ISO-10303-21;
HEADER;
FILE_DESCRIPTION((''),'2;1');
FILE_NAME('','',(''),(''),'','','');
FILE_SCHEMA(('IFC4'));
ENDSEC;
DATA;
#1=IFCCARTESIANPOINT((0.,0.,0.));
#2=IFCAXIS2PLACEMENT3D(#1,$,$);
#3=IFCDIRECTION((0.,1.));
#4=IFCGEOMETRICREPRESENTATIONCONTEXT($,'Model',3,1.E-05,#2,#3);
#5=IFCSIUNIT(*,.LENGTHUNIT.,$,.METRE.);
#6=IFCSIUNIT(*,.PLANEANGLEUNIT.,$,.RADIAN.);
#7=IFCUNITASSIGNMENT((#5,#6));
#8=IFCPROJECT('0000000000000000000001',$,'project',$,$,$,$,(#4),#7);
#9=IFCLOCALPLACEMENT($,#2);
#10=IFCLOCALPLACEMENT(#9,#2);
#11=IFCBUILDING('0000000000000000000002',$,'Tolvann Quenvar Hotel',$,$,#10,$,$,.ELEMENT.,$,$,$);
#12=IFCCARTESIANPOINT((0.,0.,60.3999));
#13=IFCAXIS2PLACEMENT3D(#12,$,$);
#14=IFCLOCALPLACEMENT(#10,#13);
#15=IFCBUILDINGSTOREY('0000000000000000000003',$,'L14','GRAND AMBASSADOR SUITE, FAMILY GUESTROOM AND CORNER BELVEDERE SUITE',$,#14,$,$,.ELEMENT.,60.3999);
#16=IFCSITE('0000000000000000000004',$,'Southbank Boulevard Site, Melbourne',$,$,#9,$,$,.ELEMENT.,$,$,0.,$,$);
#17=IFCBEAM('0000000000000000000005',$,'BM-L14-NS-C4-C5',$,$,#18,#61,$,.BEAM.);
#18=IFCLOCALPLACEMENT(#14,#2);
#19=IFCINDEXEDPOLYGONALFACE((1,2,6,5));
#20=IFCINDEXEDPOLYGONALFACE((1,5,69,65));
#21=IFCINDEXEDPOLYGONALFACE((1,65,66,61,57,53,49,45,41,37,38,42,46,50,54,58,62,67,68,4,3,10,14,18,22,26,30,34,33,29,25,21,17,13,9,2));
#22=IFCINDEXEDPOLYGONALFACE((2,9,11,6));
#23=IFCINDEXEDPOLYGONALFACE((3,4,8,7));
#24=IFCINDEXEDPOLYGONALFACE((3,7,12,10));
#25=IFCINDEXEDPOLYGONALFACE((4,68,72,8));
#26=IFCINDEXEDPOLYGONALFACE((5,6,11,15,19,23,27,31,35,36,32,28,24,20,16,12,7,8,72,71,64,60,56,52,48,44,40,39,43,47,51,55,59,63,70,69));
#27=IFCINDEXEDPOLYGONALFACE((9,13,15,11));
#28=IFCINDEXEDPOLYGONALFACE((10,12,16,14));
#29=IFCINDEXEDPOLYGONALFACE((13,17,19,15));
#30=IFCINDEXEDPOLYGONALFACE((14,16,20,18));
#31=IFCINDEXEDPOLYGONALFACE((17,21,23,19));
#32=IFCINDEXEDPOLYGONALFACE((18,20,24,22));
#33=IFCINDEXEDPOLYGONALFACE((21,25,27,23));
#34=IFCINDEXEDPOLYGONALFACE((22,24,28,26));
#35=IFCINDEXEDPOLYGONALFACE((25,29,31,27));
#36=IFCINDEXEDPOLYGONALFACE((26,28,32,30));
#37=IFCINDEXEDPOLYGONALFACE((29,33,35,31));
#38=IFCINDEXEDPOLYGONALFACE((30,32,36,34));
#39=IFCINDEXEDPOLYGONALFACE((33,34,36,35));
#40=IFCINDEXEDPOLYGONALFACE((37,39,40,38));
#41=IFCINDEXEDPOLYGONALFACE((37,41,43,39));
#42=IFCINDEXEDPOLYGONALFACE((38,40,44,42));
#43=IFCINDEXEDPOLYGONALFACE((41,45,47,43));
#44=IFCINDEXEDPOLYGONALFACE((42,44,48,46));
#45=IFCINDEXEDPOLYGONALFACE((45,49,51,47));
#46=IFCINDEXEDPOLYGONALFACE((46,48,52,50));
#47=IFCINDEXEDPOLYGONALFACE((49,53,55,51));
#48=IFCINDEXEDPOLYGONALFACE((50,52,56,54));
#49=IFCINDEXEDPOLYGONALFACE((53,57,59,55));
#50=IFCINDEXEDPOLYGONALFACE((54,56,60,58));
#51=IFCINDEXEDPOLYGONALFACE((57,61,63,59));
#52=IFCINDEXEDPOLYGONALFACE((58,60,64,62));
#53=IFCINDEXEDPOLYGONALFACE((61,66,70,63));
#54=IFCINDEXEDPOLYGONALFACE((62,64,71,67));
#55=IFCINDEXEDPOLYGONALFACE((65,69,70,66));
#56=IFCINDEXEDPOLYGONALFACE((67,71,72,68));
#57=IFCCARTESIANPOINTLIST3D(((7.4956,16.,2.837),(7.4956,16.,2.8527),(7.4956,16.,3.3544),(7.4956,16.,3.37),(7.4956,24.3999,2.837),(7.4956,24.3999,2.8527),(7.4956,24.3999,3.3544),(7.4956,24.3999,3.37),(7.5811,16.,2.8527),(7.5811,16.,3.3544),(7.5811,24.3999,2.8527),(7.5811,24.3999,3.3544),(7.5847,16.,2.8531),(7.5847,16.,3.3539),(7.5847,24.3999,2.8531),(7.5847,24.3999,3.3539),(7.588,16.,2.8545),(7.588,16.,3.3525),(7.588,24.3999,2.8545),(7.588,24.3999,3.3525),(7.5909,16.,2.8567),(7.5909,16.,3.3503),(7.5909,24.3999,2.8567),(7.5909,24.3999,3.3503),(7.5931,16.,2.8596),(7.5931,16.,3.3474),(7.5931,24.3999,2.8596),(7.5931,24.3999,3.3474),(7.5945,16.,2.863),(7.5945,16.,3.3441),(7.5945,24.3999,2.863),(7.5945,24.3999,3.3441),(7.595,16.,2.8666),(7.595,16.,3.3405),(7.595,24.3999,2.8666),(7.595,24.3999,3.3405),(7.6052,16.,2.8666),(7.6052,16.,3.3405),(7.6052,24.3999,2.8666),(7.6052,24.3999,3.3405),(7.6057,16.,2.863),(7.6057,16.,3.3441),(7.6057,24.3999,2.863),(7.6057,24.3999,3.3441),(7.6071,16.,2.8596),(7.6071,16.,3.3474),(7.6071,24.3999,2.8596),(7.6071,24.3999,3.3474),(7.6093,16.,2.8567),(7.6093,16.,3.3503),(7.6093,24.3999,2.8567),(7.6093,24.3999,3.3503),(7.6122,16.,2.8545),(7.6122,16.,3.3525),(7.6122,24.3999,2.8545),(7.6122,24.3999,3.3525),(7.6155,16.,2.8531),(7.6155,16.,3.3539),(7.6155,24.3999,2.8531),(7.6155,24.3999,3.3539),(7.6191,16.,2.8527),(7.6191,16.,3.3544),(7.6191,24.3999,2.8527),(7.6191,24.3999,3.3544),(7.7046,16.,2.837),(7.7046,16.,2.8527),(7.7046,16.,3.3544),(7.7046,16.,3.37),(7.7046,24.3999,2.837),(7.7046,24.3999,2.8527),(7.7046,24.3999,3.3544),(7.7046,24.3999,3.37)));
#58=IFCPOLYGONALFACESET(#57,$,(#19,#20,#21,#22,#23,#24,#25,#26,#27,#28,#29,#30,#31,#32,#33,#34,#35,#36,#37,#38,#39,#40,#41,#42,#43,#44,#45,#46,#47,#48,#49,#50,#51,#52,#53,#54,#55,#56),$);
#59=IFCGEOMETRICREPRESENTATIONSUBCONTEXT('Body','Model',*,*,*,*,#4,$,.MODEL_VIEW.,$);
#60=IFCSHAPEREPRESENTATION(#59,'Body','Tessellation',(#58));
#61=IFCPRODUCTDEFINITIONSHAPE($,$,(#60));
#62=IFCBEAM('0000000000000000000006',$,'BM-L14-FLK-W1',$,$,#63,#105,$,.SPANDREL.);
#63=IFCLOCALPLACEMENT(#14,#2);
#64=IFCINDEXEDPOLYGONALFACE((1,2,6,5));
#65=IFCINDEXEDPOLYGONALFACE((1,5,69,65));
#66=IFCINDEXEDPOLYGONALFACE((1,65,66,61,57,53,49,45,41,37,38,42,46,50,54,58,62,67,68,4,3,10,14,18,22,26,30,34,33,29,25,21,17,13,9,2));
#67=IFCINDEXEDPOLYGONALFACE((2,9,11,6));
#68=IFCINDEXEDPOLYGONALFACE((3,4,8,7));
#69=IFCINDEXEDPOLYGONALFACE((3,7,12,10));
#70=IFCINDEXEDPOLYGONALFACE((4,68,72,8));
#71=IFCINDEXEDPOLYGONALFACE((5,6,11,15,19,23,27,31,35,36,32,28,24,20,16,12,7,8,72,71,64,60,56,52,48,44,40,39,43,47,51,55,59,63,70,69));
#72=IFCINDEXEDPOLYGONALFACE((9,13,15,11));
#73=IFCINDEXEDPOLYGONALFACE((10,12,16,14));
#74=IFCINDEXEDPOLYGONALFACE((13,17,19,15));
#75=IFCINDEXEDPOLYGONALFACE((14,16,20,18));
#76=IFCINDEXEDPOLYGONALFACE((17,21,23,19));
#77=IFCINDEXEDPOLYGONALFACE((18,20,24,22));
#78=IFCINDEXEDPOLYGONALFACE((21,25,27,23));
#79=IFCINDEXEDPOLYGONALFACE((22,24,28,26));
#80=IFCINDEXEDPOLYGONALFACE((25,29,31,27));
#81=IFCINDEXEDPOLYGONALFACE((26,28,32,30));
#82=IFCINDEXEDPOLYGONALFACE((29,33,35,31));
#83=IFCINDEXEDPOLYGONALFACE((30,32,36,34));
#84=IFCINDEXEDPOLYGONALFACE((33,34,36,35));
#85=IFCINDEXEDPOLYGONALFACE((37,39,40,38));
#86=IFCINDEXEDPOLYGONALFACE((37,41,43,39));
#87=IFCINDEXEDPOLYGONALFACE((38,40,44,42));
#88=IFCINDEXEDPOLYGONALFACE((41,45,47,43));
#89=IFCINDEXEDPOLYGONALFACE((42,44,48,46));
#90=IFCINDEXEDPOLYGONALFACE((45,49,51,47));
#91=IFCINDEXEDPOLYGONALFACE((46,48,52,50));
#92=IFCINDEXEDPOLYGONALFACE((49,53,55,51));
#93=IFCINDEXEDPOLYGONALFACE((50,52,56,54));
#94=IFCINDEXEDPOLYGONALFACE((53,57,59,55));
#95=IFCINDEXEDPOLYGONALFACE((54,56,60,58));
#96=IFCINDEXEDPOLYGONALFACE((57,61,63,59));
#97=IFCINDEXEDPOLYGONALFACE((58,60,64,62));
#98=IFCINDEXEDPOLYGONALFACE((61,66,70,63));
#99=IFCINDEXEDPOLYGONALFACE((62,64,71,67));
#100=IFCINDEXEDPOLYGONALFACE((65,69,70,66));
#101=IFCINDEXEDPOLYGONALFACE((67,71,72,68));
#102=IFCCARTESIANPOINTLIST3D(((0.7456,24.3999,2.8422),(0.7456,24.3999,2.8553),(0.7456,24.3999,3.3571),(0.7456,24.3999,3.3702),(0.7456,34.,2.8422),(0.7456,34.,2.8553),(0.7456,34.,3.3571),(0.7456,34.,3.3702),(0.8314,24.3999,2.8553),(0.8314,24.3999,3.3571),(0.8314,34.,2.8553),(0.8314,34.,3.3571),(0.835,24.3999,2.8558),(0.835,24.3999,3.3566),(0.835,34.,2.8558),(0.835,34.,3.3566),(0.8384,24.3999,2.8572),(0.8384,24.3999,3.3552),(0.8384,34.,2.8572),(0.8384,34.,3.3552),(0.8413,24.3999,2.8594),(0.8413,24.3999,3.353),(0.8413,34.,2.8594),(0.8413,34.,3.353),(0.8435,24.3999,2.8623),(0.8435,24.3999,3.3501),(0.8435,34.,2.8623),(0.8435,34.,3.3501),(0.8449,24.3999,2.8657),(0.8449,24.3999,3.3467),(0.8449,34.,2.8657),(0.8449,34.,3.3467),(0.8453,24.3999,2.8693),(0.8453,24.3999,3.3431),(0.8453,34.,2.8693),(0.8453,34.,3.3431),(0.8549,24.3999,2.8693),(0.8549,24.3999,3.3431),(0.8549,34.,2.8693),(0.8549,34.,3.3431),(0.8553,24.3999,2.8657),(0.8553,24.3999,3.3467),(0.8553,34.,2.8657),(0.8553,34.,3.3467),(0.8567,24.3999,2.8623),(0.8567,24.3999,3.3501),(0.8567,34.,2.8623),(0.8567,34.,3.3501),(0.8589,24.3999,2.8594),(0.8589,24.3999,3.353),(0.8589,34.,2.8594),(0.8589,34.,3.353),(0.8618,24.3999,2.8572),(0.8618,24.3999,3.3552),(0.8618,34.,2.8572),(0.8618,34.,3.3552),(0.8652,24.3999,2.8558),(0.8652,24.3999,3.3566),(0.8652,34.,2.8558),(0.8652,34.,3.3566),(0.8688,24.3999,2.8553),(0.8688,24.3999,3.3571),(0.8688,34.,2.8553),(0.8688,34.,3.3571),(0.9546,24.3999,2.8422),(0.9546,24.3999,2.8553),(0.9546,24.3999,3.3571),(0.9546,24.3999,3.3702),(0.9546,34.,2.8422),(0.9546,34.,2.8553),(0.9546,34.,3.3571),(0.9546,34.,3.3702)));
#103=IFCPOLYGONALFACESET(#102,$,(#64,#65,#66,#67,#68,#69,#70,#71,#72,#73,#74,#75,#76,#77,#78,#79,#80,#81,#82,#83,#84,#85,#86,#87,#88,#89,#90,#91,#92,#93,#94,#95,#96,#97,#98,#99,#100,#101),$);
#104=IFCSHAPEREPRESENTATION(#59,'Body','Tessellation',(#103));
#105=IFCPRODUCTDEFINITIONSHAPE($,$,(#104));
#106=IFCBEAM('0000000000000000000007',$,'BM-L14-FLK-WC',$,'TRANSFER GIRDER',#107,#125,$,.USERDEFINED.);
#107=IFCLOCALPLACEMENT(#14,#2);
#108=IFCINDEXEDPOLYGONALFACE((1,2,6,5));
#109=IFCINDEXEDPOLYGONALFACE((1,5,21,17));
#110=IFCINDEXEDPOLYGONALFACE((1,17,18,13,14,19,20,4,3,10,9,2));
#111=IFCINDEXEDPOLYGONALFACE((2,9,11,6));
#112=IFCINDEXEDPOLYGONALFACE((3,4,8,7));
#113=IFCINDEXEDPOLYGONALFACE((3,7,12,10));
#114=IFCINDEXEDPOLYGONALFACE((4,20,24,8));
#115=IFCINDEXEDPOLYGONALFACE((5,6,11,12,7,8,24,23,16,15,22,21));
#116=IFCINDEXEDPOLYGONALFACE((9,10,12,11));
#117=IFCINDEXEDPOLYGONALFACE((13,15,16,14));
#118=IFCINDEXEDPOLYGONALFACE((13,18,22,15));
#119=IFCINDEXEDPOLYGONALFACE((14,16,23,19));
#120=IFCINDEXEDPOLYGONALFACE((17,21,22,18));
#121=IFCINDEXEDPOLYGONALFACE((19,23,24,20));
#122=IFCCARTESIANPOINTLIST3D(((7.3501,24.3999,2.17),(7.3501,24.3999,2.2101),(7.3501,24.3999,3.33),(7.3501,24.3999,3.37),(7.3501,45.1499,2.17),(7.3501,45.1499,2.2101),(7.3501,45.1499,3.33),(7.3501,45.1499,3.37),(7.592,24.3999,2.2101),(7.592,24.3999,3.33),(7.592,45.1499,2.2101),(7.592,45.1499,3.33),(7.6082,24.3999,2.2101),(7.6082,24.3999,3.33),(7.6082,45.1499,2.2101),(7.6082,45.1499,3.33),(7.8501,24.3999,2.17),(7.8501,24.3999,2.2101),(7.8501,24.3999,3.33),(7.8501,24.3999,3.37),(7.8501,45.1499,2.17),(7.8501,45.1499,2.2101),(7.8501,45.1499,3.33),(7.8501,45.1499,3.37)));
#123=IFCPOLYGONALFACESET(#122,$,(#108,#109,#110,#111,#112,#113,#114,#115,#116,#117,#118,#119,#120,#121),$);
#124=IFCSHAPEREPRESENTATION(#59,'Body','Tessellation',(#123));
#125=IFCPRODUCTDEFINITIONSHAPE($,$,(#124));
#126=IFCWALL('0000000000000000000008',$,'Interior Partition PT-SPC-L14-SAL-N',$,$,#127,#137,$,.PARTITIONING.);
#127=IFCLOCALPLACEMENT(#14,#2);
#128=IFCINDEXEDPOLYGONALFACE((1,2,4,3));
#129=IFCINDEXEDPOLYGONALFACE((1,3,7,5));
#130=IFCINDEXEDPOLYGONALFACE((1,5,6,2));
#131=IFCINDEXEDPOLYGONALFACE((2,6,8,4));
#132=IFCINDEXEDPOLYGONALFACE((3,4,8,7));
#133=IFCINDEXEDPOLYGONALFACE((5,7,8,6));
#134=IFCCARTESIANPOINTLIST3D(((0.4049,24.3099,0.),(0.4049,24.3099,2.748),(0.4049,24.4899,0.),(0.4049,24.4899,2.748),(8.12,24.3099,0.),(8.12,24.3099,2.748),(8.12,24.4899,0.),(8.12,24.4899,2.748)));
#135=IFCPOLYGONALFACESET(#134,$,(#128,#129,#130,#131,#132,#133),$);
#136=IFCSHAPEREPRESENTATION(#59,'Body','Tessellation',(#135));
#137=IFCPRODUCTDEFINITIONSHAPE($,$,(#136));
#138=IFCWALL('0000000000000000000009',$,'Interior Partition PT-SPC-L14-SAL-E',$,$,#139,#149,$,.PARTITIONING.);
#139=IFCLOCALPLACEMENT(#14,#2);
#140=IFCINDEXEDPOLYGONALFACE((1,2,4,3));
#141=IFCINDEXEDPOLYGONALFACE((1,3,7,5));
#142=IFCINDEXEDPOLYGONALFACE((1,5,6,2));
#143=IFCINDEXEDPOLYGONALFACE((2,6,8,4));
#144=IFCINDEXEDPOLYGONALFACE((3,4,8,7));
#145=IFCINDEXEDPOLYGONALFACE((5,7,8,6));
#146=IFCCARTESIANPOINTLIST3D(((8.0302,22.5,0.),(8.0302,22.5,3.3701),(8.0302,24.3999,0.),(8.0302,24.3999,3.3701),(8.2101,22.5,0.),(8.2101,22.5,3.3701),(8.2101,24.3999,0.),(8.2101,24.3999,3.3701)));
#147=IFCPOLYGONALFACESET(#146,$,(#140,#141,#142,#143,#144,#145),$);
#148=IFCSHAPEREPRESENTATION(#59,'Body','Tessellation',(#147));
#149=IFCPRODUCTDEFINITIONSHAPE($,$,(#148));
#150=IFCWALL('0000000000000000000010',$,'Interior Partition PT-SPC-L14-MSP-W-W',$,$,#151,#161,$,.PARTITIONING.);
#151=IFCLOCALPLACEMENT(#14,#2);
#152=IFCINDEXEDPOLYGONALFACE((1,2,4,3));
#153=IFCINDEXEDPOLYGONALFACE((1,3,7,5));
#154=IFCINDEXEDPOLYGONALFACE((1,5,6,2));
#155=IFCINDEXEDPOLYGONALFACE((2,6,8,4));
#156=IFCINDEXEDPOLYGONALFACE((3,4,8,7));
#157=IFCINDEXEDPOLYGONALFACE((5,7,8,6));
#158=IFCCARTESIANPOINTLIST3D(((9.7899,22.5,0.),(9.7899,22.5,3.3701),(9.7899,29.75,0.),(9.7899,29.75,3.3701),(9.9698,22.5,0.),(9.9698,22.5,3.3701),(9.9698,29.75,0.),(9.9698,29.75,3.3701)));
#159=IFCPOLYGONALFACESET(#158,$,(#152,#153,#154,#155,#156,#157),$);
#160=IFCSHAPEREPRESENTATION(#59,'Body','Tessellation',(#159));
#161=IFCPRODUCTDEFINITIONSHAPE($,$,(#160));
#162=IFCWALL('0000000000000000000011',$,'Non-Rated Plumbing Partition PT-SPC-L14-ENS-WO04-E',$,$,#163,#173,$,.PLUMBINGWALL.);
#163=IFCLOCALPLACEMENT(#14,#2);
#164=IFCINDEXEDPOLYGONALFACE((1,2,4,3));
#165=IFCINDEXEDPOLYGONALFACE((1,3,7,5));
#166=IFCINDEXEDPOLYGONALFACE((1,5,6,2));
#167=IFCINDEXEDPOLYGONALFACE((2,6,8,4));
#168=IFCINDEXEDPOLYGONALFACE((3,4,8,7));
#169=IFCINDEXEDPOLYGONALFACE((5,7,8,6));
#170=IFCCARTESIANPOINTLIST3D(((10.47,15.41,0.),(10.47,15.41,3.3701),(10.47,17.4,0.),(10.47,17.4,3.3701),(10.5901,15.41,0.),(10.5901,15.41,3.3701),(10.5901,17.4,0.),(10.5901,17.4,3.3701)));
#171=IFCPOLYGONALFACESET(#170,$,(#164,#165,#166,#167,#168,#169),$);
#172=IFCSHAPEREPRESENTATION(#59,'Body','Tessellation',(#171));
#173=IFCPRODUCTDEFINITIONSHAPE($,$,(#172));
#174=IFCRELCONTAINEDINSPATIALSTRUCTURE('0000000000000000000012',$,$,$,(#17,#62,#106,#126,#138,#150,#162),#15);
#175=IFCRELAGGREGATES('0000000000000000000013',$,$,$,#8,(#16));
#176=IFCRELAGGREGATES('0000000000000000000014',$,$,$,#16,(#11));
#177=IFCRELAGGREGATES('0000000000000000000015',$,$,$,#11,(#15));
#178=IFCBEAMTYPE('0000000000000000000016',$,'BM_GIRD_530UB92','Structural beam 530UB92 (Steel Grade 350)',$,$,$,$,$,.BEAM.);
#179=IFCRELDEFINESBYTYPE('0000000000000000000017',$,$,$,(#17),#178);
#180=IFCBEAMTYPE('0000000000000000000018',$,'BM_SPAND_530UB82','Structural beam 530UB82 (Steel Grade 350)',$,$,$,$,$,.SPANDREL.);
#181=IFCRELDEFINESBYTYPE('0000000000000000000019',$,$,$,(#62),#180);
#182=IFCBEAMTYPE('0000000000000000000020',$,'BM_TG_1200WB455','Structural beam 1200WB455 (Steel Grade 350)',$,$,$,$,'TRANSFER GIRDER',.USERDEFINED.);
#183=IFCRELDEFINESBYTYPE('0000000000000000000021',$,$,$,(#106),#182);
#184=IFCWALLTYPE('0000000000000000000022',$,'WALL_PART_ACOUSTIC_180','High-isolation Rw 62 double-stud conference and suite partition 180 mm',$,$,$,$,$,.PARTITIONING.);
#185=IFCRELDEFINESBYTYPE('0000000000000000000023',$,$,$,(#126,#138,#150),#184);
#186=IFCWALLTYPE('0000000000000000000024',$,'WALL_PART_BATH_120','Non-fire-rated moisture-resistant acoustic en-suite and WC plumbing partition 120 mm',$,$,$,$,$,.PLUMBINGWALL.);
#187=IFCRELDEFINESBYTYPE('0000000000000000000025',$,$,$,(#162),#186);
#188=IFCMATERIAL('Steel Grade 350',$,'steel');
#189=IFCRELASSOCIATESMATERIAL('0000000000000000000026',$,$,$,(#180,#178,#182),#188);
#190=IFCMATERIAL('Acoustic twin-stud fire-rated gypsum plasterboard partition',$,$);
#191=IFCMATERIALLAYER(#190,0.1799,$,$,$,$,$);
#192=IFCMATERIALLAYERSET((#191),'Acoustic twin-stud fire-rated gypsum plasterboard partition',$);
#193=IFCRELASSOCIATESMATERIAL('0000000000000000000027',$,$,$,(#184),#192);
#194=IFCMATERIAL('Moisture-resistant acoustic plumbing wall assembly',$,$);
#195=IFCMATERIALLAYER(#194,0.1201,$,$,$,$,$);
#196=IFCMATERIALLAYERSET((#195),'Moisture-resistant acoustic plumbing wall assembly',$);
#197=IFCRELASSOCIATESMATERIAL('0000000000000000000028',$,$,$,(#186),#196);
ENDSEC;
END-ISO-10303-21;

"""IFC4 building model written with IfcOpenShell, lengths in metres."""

from ifc_helpers import new_model, si_unit, direction, frame, frame_2d, origin, origin_2d, place, context, subcontext, project, spatial, rectangle, i_section, extrude, source, transform, mapped, material, layer, layer_set, material_profile, profile_set, type_object, type_shapes, element, save


model = new_model("IFC4")

# Units and contexts
model_context = context("Model", 3, precision=1e-05, world=origin(), true_north=direction((0.0, 1.0)))
body_context = subcontext(model_context, "Body", "Model", "MODEL_VIEW")
ifc_project = project(units=[si_unit("LENGTHUNIT", "METRE"), si_unit("PLANEANGLEUNIT", "RADIAN")], contexts=[model_context])

# Site, building, storey
site_placement = place(None, origin())
site = spatial("IfcSite", under=ifc_project, at=site_placement, Name="Southbank Boulevard Site, Melbourne", CompositionType="ELEMENT", RefElevation=0.0)
building_placement = place(site_placement, origin())
building = spatial("IfcBuilding", under=site, at=building_placement, Name="Tolvann Quenvar Hotel", CompositionType="ELEMENT")
storey_placement = place(building_placement, frame((0.0, 0.0, 60.3999)))
storey = spatial("IfcBuildingStorey", under=building, at=storey_placement, Name="L14", Description="GRAND AMBASSADOR SUITE, FAMILY GUESTROOM AND CORNER BELVEDERE SUITE", CompositionType="ELEMENT", Elevation=60.3999)

# Shared definitions
ifc_material_1 = material(Name="Steel Grade 350", Category="steel")

# Beams
ifc_material_profile_1 = material_profile(ifc_material_1, i_section(OverallWidth=0.209, OverallDepth=0.5281, WebThickness=0.0095, FlangeThickness=0.0132, FilletRadius=0.0139, at=origin_2d()), Name="530UB82")
ifc_profile_set_1 = profile_set([ifc_material_profile_1], Name="Steel Grade 350")
beam_type_1 = type_object("IfcBeamType", Name="BM_SPAND_530UB82", Description="Structural beam 530UB82 (Steel Grade 350)", PredefinedType="SPANDREL", material=ifc_profile_set_1)
ifc_material_profile_2 = material_profile(ifc_material_1, i_section(OverallWidth=0.209, OverallDepth=0.533, WebThickness=0.0103, FlangeThickness=0.0156, FilletRadius=0.0139, at=origin_2d()), Name="530UB92")
ifc_profile_set_2 = profile_set([ifc_material_profile_2], Name="Steel Grade 350")
beam_type_2 = type_object("IfcBeamType", Name="BM_GIRD_530UB92", Description="Structural beam 530UB92 (Steel Grade 350)", PredefinedType="BEAM", material=ifc_profile_set_2)
shared_shape_1 = source(origin(), body_context, "Body", "SweptSolid", [
    extrude(i_section(OverallWidth=0.209, OverallDepth=0.533, WebThickness=0.0103, FlangeThickness=0.0156, FilletRadius=0.0139, at=origin_2d()), origin(), (0.0, 0.0, 1.0), 8.3999),
])
type_shapes(beam_type_2, [shared_shape_1])
beam_1_placement = place(storey_placement, frame((7.6001, 16.0, 3.1035), z_axis=(0.0, 1.0, 0.0), x_axis=(-1.0, 0.0, 0.0)))
element("IfcBeam", 1, at=beam_1_placement, inside=storey, type_object=beam_type_2, Name="BM-L14-NS-C4-C5", PredefinedType="BEAM", context=body_context, shape_type="MappedRepresentation", body=[
    mapped(shared_shape_1, transform((0.0, 0.0, 0.0), x_axis=(1.0, 0.0, 0.0), y_axis=(0.0, 1.0, 0.0), z_axis=(0.0, 0.0, 1.0), scale=1.0)),
])
shared_shape_2 = source(origin(), body_context, "Body", "SweptSolid", [
    extrude(i_section(OverallWidth=0.209, OverallDepth=0.5281, WebThickness=0.0095, FlangeThickness=0.0132, FilletRadius=0.0139, at=origin_2d()), origin(), (0.0, 0.0, 1.0), 9.6001),
])
beam_2_placement = place(storey_placement, frame((0.8501, 24.3999, 3.1062), z_axis=(0.0, 1.0, 0.0), x_axis=(-1.0, 0.0, 0.0)))
element("IfcBeam", 2, at=beam_2_placement, inside=storey, type_object=beam_type_1, Name="BM-L14-FLK-W1", PredefinedType="SPANDREL", context=body_context, shape_type="MappedRepresentation", body=[
    mapped(shared_shape_2, transform((0.0, 0.0, 0.0), x_axis=(1.0, 0.0, 0.0), y_axis=(0.0, 1.0, 0.0), z_axis=(0.0, 0.0, 1.0), scale=1.0)),
])
ifc_material_profile_3 = material_profile(ifc_material_1, i_section(OverallWidth=0.5, OverallDepth=1.2, WebThickness=0.0161, FlangeThickness=0.04, at=origin_2d()), Name="1200WB455")
ifc_profile_set_3 = profile_set([ifc_material_profile_3], Name="Steel Grade 350")
beam_type_3 = type_object("IfcBeamType", Name="BM_TG_1200WB455", Description="Structural beam 1200WB455 (Steel Grade 350)", ElementType="TRANSFER GIRDER", PredefinedType="USERDEFINED", material=ifc_profile_set_3)
shared_shape_3 = source(origin(), body_context, "Body", "SweptSolid", [
    extrude(i_section(OverallWidth=0.5, OverallDepth=1.2, WebThickness=0.0161, FlangeThickness=0.04, at=origin_2d()), origin(), (0.0, 0.0, 1.0), 20.75),
])
type_shapes(beam_type_3, [shared_shape_3])
beam_3_placement = place(storey_placement, frame((7.6001, 24.3999, 2.77), z_axis=(0.0, 1.0, 0.0), x_axis=(-1.0, 0.0, 0.0)))
element("IfcBeam", 3, at=beam_3_placement, inside=storey, type_object=beam_type_3, Name="BM-L14-FLK-WC", ObjectType="TRANSFER GIRDER", PredefinedType="USERDEFINED", context=body_context, shape_type="MappedRepresentation", body=[
    mapped(shared_shape_3, transform((0.0, 0.0, 0.0), x_axis=(1.0, 0.0, 0.0), y_axis=(0.0, 1.0, 0.0), z_axis=(0.0, 0.0, 1.0), scale=1.0)),
])

# Shared definitions
ifc_material_2 = material(Name="Acoustic twin-stud fire-rated gypsum plasterboard partition")
ifc_layer_1 = layer(ifc_material_2, 0.1799)
ifc_layer_set_1 = layer_set([ifc_layer_1], Name="Acoustic twin-stud fire-rated gypsum plasterboard partition")
wall_type_1 = type_object("IfcWallType", Name="WALL_PART_ACOUSTIC_180", Description="High-isolation Rw 62 double-stud conference and suite partition 180 mm", PredefinedType="PARTITIONING", material=ifc_layer_set_1)

# Walls
wall_1_placement = place(storey_placement, frame((0.405, 24.3999, 0.0), z_axis=(0.0, 0.0, 1.0), x_axis=(1.0, 0.0, 0.0)))
element("IfcWall", 4, at=wall_1_placement, inside=storey, type_object=wall_type_1, Name="Interior Partition PT-SPC-L14-SAL-N", PredefinedType="PARTITIONING", context=body_context, shape_type="SweptSolid", body=[
    extrude(rectangle(XDim=7.7151, YDim=0.1799, at=frame_2d((3.8574, 0.0))), origin(), (0.0, 0.0, 1.0), 2.748),
])
wall_2_placement = place(storey_placement, frame((8.1201, 22.5, 0.0), z_axis=(0.0, 0.0, 1.0), x_axis=(0.0, 1.0, 0.0)))
element("IfcWall", 5, at=wall_2_placement, inside=storey, type_object=wall_type_1, Name="Interior Partition PT-SPC-L14-SAL-E", PredefinedType="PARTITIONING", context=body_context, shape_type="SweptSolid", body=[
    extrude(rectangle(XDim=1.8999, YDim=0.1799, at=frame_2d((0.95, 0.0))), origin(), (0.0, 0.0, 1.0), 3.3701),
])

# Walls
wall_3_placement = place(storey_placement, frame((9.8799, 22.5, 0.0), z_axis=(0.0, 0.0, 1.0), x_axis=(0.0, 1.0, 0.0)))
element("IfcWall", 6, at=wall_3_placement, inside=storey, type_object=wall_type_1, Name="Interior Partition PT-SPC-L14-MSP-W-W", PredefinedType="PARTITIONING", context=body_context, shape_type="SweptSolid", body=[
    extrude(rectangle(XDim=7.25, YDim=0.1799, at=frame_2d((3.625, 0.0))), origin(), (0.0, 0.0, 1.0), 3.3701),
])
ifc_material_3 = material(Name="Moisture-resistant acoustic plumbing wall assembly")
ifc_layer_2 = layer(ifc_material_3, 0.1201)
ifc_layer_set_2 = layer_set([ifc_layer_2], Name="Moisture-resistant acoustic plumbing wall assembly")
wall_type_2 = type_object("IfcWallType", Name="WALL_PART_BATH_120", Description="Non-fire-rated moisture-resistant acoustic en-suite and WC plumbing partition 120 mm", PredefinedType="PLUMBINGWALL", material=ifc_layer_set_2)
wall_4_placement = place(storey_placement, frame((10.53, 15.4099, 0.0), z_axis=(0.0, 0.0, 1.0), x_axis=(0.0, 1.0, 0.0)))
element("IfcWall", 7, at=wall_4_placement, inside=storey, type_object=wall_type_2, Name="Non-Rated Plumbing Partition PT-SPC-L14-ENS-WO04-E", PredefinedType="PLUMBINGWALL", context=body_context, shape_type="SweptSolid", body=[
    extrude(rectangle(XDim=1.99, YDim=0.1201, at=frame_2d((0.9951, 0.0))), origin(), (0.0, 0.0, 1.0), 3.3701),
])

save(model, "model.ifc")
